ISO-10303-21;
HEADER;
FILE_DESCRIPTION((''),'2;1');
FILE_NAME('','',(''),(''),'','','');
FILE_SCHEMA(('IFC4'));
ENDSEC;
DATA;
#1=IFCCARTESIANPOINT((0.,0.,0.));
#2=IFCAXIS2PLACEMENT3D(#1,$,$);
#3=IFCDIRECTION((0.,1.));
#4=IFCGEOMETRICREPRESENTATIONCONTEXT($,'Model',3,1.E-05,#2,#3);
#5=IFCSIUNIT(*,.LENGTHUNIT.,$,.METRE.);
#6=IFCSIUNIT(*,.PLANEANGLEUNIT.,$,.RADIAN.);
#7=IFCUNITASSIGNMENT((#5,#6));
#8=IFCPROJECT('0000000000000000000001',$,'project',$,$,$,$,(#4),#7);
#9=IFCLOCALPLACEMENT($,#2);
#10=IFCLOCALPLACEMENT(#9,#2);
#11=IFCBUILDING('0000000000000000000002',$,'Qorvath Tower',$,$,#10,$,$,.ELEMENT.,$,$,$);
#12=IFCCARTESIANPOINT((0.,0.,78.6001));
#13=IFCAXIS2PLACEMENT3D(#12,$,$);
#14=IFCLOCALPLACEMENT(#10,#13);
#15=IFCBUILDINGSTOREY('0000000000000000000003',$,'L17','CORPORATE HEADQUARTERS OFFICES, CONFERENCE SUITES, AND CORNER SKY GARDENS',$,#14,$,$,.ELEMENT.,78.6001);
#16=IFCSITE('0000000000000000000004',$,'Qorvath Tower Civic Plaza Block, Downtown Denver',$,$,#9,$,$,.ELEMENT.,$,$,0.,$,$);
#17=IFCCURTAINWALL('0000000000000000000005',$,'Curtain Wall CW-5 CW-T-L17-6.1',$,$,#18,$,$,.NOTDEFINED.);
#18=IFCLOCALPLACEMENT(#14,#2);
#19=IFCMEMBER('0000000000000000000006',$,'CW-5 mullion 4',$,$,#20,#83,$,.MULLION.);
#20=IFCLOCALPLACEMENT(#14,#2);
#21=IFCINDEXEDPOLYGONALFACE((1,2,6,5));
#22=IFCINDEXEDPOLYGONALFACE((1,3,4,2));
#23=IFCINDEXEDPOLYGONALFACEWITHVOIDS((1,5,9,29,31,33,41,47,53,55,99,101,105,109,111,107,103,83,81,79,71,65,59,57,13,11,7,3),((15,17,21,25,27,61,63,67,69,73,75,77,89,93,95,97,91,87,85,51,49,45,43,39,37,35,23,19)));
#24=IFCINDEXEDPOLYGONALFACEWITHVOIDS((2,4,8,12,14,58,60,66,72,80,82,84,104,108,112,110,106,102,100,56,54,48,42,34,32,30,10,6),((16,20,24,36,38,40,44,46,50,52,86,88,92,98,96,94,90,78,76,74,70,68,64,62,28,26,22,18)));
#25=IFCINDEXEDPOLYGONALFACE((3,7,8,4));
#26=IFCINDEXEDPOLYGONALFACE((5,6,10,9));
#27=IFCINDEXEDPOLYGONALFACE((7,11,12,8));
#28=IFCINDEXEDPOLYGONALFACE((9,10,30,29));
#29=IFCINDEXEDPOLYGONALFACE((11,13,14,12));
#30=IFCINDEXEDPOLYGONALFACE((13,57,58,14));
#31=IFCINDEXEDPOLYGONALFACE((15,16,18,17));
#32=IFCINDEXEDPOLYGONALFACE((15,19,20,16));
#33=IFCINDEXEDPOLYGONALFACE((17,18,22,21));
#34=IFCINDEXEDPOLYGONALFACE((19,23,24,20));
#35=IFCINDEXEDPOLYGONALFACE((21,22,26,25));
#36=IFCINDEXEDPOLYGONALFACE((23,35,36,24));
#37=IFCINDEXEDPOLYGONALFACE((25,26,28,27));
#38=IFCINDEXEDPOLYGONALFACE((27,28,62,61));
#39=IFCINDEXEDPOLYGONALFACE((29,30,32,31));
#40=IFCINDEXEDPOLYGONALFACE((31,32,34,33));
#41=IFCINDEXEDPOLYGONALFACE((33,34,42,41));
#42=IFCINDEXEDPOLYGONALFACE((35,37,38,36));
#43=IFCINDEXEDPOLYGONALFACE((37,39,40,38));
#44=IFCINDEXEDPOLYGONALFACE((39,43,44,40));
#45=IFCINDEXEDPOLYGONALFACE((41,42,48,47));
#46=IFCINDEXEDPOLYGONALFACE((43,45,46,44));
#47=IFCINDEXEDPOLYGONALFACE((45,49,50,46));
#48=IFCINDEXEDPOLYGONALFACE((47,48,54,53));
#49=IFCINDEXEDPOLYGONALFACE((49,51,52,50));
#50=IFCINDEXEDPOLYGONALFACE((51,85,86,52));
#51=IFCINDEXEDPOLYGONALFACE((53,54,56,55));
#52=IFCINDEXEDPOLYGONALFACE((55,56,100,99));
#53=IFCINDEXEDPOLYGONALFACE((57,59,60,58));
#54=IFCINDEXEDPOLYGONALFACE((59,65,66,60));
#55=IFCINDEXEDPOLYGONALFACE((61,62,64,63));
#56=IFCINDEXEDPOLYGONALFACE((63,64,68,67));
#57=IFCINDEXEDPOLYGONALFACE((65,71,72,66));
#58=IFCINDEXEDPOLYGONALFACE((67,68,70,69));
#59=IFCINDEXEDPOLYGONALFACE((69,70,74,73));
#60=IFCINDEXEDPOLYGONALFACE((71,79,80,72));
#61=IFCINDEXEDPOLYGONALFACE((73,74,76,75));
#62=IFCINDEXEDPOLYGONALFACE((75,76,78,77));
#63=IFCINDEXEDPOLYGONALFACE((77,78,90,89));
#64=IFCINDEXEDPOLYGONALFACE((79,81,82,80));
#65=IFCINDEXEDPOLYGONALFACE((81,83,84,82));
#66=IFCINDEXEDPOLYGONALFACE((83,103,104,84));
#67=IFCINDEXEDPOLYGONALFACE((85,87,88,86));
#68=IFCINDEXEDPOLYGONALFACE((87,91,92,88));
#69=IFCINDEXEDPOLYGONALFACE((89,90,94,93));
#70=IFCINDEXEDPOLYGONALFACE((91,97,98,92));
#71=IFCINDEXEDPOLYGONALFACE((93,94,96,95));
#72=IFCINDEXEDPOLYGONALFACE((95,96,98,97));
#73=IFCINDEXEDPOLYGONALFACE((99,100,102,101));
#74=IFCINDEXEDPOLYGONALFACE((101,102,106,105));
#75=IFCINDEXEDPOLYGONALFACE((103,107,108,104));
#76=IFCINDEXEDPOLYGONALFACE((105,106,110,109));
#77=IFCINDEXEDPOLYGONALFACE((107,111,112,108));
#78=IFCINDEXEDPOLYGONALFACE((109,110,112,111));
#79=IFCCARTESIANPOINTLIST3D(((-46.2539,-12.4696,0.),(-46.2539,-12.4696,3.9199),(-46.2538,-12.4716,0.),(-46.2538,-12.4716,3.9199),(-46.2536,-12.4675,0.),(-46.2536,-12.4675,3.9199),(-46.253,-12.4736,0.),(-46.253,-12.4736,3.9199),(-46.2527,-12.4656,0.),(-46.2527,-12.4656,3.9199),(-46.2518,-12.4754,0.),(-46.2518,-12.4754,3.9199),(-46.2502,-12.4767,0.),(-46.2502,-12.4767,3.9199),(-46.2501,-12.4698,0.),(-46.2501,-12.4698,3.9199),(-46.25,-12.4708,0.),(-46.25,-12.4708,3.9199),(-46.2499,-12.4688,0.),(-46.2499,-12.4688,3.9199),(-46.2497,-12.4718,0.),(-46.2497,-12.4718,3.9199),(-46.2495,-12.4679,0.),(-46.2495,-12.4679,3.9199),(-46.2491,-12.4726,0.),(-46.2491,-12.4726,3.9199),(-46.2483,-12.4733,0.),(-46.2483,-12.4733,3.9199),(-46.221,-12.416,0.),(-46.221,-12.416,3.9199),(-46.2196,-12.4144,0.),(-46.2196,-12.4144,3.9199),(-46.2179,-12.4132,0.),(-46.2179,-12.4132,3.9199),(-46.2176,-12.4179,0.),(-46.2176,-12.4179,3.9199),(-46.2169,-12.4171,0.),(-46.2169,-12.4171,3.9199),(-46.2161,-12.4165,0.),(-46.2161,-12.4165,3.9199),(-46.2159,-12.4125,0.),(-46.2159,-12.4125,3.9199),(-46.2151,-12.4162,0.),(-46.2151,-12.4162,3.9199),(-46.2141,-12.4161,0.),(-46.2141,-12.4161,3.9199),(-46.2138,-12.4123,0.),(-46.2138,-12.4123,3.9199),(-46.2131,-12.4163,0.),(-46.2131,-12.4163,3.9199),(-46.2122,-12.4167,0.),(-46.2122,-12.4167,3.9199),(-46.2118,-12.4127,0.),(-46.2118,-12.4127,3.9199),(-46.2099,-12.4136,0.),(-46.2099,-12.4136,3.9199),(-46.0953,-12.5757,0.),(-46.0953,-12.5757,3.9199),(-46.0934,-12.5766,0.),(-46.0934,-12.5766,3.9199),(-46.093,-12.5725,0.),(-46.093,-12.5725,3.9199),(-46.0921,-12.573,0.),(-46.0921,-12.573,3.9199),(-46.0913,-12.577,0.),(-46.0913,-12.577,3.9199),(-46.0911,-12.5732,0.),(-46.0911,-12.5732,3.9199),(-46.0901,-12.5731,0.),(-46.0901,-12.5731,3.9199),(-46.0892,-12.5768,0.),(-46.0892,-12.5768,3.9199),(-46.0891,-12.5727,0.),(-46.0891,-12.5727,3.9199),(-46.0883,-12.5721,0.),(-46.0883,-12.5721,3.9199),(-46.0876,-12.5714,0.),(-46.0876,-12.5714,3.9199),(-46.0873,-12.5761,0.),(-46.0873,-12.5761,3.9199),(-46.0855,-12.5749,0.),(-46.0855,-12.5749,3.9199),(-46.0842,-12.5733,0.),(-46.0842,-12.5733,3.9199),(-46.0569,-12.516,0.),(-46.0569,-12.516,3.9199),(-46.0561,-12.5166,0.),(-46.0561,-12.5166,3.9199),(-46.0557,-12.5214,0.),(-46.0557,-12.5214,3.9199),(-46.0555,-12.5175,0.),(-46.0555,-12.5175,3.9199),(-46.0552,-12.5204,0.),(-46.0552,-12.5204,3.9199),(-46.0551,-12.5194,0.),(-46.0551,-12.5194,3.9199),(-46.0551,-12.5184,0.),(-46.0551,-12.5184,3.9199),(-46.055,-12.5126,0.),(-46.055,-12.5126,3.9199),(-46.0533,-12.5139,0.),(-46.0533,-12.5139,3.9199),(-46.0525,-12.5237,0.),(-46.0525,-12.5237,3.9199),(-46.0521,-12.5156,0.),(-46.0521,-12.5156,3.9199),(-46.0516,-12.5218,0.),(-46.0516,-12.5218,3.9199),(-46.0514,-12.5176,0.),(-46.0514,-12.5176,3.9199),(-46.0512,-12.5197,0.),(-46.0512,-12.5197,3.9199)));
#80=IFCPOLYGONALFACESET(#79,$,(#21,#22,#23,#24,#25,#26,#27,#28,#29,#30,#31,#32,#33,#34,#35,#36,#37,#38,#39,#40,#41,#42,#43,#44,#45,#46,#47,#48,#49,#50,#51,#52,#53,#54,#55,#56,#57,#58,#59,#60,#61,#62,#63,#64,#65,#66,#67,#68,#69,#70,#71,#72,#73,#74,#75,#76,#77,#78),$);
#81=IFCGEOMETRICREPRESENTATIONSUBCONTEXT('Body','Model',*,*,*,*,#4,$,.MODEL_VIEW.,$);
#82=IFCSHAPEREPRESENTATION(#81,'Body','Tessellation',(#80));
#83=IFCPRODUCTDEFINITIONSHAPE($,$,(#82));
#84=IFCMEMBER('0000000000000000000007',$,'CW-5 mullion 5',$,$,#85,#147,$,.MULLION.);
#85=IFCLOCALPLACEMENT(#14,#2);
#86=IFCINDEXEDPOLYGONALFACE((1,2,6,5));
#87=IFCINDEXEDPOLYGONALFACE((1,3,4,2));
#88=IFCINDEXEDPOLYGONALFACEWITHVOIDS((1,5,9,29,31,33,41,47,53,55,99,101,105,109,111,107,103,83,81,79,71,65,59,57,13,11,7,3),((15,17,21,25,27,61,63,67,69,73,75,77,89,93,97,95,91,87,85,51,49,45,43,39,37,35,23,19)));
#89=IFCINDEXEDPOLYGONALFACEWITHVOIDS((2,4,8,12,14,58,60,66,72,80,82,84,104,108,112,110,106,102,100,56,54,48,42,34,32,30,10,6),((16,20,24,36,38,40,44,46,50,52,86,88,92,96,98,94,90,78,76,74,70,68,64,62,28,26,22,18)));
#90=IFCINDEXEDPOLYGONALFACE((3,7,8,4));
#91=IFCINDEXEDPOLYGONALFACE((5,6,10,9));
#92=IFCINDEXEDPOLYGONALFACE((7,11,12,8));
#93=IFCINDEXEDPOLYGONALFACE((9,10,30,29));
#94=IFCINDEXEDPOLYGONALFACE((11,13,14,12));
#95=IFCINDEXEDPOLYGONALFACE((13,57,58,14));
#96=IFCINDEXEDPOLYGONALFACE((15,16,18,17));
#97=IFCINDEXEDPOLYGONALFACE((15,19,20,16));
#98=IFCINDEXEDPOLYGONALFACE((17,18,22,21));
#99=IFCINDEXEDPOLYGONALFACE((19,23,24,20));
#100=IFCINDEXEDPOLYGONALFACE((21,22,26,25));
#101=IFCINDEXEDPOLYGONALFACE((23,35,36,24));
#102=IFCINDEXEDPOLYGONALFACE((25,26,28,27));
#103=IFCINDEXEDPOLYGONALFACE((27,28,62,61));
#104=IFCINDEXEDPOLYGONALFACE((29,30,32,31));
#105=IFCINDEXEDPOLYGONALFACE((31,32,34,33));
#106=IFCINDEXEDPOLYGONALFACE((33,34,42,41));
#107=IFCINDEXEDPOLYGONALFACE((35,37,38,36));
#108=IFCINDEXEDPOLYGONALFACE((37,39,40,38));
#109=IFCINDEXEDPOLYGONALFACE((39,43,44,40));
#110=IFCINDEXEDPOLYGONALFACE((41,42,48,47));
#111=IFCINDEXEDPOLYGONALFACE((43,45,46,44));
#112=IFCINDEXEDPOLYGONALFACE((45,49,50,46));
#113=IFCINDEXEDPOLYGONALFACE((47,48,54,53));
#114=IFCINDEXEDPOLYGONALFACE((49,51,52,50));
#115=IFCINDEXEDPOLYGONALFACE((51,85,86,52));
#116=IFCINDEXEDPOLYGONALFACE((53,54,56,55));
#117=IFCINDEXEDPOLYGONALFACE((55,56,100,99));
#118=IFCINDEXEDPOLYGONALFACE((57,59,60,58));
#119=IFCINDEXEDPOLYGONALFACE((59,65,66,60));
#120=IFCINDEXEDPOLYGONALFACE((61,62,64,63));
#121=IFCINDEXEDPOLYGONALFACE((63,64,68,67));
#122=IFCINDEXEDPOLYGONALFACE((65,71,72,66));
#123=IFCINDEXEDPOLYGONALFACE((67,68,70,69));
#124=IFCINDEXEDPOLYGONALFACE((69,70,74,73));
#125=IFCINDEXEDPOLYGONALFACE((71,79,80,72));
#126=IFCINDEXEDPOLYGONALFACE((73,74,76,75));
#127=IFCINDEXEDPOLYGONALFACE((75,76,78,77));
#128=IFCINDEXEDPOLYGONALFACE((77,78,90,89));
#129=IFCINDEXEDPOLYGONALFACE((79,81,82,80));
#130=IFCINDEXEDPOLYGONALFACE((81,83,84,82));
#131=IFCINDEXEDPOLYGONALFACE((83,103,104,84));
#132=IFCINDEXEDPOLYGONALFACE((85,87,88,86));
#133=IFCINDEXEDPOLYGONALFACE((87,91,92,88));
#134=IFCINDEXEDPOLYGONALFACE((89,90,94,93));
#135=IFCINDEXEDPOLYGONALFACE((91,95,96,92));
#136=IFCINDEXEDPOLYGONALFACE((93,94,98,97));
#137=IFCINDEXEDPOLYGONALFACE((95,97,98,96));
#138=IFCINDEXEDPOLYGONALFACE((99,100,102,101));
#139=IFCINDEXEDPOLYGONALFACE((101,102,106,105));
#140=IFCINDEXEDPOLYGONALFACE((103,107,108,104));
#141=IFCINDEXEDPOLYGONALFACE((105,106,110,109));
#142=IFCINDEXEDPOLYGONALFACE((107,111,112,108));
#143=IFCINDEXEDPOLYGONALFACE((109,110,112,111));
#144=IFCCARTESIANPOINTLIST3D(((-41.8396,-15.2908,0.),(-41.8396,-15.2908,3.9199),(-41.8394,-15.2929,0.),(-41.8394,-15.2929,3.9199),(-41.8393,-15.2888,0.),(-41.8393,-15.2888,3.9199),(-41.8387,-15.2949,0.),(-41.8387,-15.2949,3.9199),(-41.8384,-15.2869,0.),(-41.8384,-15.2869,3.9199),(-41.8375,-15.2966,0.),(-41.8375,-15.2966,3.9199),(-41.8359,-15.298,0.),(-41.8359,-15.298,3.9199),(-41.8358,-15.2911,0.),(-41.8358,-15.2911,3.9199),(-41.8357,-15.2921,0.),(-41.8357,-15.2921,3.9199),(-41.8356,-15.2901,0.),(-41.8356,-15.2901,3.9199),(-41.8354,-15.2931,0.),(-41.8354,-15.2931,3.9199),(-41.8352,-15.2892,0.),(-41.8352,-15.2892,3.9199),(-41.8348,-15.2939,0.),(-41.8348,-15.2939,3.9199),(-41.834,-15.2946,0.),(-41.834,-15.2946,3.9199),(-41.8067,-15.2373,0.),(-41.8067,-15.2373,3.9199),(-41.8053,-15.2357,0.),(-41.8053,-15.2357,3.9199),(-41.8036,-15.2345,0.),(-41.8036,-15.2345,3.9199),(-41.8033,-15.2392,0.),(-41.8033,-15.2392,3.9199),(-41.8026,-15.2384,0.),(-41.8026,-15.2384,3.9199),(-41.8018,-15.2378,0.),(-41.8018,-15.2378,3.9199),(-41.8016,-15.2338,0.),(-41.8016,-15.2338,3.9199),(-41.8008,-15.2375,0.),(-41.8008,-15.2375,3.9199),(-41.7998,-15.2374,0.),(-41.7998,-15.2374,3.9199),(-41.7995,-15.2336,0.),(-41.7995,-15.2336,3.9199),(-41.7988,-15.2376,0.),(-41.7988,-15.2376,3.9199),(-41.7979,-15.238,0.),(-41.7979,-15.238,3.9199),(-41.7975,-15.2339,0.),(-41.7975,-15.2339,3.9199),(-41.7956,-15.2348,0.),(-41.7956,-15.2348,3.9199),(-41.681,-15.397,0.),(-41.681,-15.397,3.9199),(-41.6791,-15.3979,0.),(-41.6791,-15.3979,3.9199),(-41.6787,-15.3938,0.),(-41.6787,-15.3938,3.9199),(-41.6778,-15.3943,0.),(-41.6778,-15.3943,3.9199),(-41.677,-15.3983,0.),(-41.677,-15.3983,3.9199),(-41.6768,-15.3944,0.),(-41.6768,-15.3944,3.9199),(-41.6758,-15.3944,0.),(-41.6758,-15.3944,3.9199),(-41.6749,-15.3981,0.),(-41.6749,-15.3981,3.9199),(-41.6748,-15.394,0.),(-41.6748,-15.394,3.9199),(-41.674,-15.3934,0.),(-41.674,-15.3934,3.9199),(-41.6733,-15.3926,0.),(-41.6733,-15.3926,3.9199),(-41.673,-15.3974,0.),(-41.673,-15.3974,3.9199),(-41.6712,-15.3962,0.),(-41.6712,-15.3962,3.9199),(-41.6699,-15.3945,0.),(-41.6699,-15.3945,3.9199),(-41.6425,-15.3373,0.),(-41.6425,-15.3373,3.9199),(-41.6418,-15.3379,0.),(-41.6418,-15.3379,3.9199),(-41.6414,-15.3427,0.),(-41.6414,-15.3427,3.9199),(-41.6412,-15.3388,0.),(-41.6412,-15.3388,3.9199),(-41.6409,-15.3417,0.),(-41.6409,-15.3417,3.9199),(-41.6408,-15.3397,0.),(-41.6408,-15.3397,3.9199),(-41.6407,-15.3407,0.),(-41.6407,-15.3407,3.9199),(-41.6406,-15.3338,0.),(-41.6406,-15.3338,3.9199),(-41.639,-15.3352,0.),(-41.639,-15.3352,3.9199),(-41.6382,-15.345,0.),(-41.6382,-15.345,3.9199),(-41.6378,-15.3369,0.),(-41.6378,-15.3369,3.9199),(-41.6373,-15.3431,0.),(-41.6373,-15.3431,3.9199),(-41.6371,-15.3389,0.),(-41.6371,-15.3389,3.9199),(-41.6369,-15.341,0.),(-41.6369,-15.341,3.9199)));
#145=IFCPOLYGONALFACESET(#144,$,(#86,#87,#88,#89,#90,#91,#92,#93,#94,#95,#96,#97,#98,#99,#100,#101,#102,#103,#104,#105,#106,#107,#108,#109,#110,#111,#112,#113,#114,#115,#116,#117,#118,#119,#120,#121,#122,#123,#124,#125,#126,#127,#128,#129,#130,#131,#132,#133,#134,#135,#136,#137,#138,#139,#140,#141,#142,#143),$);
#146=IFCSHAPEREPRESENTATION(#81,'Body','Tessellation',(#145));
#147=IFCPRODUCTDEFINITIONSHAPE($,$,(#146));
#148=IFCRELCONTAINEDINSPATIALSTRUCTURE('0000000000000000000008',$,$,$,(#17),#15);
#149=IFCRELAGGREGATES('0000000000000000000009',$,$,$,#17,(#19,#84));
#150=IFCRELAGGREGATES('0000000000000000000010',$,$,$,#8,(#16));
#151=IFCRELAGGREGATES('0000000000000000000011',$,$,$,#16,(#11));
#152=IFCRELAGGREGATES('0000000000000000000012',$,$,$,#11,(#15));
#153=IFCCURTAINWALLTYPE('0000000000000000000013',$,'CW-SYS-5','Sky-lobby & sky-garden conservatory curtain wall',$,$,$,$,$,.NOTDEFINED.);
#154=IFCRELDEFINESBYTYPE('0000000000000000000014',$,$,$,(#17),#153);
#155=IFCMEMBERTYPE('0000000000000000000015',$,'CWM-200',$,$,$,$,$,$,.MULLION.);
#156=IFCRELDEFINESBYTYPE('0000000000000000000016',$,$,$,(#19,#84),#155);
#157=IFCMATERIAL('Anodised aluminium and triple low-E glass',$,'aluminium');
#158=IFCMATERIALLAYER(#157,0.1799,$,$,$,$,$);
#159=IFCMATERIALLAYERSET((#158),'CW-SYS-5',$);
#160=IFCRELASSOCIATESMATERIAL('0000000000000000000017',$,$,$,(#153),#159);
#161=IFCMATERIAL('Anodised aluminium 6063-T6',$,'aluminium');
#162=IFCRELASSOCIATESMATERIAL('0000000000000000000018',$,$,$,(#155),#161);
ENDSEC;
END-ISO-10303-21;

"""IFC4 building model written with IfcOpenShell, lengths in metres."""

from ifc_helpers import new_model, si_unit, direction, frame, origin, origin_2d, place, context, subcontext, project, spatial, hollow_rectangle, extrude, material, layer, layer_set, material_profile, profile_set, type_object, element, aggregate, save


model = new_model("IFC4")

# Units and contexts
model_context = context("Model", 3, precision=1e-05, world=origin(), true_north=direction((0.0, 1.0)))
body_context = subcontext(model_context, "Body", "Model", "MODEL_VIEW")
ifc_project = project(units=[si_unit("LENGTHUNIT", "METRE"), si_unit("PLANEANGLEUNIT", "RADIAN")], contexts=[model_context])

# Site, building, storey
site_placement = place(None, origin())
site = spatial("IfcSite", under=ifc_project, at=site_placement, Name="Qorvath Tower Civic Plaza Block, Downtown Denver", CompositionType="ELEMENT", RefElevation=0.0)
building_placement = place(site_placement, origin())
building = spatial("IfcBuilding", under=site, at=building_placement, Name="Qorvath Tower", CompositionType="ELEMENT")
storey_placement = place(building_placement, frame((0.0, 0.0, 78.6001)))
storey = spatial("IfcBuildingStorey", under=building, at=storey_placement, Name="L17", Description="CORPORATE HEADQUARTERS OFFICES, CONFERENCE SUITES, AND CORNER SKY GARDENS", CompositionType="ELEMENT", Elevation=78.6001)

# Shared definitions
ifc_material_1 = material(Name="Anodised aluminium and triple low-E glass", Category="aluminium")
ifc_layer_1 = layer(ifc_material_1, 0.1799)
ifc_layer_set_1 = layer_set([ifc_layer_1], Name="CW-SYS-5")
curtain_wall_type = type_object("IfcCurtainWallType", Name="CW-SYS-5", Description="Sky-lobby & sky-garden conservatory curtain wall", PredefinedType="NOTDEFINED", material=ifc_layer_set_1)
ifc_material_2 = material(Name="Anodised aluminium 6063-T6", Category="aluminium")
ifc_material_profile_1 = material_profile(ifc_material_2, hollow_rectangle(XDim=0.075, YDim=0.2, WallThickness=0.0039, InnerFilletRadius=0.0039, OuterFilletRadius=0.0081, at=origin_2d()), Name="CWM 200x75")
ifc_profile_set_1 = profile_set([ifc_material_profile_1], Name="Anodised aluminium 6063-T6")
member_type_1 = type_object("IfcMemberType", Name="CWM-200", PredefinedType="MULLION", material=ifc_profile_set_1)

# Curtain wall, members
curtain_wall_1_placement = place(storey_placement, origin())
curtain_wall_1 = element("IfcCurtainWall", 1, at=curtain_wall_1_placement, inside=storey, type_object=curtain_wall_type, Name="Curtain Wall CW-5 CW-T-L17-6.1", PredefinedType="NOTDEFINED")
member_1_placement = place(storey_placement, frame((-46.1526, -12.4946, 0.0), z_axis=(0.0, 0.0, 1.0), x_axis=(0.538533, 0.842604, 0.0)))
member_1 = element("IfcMember", 2, at=member_1_placement, type_object=member_type_1, Name="CW-5 mullion 4", PredefinedType="MULLION", context=body_context, shape_type="SweptSolid", body=[
    extrude(hollow_rectangle(XDim=0.075, YDim=0.2, WallThickness=0.0039, InnerFilletRadius=0.0039, OuterFilletRadius=0.0081, at=origin_2d()), origin(), (0.0, 0.0, 1.0), 3.9199),
])
member_2_placement = place(storey_placement, frame((-41.7383, -15.3159, 0.0), z_axis=(0.0, 0.0, 1.0), x_axis=(0.538533, 0.842604, 0.0)))
member_2 = element("IfcMember", 3, at=member_2_placement, type_object=member_type_1, Name="CW-5 mullion 5", PredefinedType="MULLION", context=body_context, shape_type="SweptSolid", body=[
    extrude(hollow_rectangle(XDim=0.075, YDim=0.2, WallThickness=0.0039, InnerFilletRadius=0.0039, OuterFilletRadius=0.0081, at=origin_2d()), origin(), (0.0, 0.0, 1.0), 3.9199),
])

aggregate(curtain_wall_1, [member_1, member_2])

save(model, "model.ifc")
